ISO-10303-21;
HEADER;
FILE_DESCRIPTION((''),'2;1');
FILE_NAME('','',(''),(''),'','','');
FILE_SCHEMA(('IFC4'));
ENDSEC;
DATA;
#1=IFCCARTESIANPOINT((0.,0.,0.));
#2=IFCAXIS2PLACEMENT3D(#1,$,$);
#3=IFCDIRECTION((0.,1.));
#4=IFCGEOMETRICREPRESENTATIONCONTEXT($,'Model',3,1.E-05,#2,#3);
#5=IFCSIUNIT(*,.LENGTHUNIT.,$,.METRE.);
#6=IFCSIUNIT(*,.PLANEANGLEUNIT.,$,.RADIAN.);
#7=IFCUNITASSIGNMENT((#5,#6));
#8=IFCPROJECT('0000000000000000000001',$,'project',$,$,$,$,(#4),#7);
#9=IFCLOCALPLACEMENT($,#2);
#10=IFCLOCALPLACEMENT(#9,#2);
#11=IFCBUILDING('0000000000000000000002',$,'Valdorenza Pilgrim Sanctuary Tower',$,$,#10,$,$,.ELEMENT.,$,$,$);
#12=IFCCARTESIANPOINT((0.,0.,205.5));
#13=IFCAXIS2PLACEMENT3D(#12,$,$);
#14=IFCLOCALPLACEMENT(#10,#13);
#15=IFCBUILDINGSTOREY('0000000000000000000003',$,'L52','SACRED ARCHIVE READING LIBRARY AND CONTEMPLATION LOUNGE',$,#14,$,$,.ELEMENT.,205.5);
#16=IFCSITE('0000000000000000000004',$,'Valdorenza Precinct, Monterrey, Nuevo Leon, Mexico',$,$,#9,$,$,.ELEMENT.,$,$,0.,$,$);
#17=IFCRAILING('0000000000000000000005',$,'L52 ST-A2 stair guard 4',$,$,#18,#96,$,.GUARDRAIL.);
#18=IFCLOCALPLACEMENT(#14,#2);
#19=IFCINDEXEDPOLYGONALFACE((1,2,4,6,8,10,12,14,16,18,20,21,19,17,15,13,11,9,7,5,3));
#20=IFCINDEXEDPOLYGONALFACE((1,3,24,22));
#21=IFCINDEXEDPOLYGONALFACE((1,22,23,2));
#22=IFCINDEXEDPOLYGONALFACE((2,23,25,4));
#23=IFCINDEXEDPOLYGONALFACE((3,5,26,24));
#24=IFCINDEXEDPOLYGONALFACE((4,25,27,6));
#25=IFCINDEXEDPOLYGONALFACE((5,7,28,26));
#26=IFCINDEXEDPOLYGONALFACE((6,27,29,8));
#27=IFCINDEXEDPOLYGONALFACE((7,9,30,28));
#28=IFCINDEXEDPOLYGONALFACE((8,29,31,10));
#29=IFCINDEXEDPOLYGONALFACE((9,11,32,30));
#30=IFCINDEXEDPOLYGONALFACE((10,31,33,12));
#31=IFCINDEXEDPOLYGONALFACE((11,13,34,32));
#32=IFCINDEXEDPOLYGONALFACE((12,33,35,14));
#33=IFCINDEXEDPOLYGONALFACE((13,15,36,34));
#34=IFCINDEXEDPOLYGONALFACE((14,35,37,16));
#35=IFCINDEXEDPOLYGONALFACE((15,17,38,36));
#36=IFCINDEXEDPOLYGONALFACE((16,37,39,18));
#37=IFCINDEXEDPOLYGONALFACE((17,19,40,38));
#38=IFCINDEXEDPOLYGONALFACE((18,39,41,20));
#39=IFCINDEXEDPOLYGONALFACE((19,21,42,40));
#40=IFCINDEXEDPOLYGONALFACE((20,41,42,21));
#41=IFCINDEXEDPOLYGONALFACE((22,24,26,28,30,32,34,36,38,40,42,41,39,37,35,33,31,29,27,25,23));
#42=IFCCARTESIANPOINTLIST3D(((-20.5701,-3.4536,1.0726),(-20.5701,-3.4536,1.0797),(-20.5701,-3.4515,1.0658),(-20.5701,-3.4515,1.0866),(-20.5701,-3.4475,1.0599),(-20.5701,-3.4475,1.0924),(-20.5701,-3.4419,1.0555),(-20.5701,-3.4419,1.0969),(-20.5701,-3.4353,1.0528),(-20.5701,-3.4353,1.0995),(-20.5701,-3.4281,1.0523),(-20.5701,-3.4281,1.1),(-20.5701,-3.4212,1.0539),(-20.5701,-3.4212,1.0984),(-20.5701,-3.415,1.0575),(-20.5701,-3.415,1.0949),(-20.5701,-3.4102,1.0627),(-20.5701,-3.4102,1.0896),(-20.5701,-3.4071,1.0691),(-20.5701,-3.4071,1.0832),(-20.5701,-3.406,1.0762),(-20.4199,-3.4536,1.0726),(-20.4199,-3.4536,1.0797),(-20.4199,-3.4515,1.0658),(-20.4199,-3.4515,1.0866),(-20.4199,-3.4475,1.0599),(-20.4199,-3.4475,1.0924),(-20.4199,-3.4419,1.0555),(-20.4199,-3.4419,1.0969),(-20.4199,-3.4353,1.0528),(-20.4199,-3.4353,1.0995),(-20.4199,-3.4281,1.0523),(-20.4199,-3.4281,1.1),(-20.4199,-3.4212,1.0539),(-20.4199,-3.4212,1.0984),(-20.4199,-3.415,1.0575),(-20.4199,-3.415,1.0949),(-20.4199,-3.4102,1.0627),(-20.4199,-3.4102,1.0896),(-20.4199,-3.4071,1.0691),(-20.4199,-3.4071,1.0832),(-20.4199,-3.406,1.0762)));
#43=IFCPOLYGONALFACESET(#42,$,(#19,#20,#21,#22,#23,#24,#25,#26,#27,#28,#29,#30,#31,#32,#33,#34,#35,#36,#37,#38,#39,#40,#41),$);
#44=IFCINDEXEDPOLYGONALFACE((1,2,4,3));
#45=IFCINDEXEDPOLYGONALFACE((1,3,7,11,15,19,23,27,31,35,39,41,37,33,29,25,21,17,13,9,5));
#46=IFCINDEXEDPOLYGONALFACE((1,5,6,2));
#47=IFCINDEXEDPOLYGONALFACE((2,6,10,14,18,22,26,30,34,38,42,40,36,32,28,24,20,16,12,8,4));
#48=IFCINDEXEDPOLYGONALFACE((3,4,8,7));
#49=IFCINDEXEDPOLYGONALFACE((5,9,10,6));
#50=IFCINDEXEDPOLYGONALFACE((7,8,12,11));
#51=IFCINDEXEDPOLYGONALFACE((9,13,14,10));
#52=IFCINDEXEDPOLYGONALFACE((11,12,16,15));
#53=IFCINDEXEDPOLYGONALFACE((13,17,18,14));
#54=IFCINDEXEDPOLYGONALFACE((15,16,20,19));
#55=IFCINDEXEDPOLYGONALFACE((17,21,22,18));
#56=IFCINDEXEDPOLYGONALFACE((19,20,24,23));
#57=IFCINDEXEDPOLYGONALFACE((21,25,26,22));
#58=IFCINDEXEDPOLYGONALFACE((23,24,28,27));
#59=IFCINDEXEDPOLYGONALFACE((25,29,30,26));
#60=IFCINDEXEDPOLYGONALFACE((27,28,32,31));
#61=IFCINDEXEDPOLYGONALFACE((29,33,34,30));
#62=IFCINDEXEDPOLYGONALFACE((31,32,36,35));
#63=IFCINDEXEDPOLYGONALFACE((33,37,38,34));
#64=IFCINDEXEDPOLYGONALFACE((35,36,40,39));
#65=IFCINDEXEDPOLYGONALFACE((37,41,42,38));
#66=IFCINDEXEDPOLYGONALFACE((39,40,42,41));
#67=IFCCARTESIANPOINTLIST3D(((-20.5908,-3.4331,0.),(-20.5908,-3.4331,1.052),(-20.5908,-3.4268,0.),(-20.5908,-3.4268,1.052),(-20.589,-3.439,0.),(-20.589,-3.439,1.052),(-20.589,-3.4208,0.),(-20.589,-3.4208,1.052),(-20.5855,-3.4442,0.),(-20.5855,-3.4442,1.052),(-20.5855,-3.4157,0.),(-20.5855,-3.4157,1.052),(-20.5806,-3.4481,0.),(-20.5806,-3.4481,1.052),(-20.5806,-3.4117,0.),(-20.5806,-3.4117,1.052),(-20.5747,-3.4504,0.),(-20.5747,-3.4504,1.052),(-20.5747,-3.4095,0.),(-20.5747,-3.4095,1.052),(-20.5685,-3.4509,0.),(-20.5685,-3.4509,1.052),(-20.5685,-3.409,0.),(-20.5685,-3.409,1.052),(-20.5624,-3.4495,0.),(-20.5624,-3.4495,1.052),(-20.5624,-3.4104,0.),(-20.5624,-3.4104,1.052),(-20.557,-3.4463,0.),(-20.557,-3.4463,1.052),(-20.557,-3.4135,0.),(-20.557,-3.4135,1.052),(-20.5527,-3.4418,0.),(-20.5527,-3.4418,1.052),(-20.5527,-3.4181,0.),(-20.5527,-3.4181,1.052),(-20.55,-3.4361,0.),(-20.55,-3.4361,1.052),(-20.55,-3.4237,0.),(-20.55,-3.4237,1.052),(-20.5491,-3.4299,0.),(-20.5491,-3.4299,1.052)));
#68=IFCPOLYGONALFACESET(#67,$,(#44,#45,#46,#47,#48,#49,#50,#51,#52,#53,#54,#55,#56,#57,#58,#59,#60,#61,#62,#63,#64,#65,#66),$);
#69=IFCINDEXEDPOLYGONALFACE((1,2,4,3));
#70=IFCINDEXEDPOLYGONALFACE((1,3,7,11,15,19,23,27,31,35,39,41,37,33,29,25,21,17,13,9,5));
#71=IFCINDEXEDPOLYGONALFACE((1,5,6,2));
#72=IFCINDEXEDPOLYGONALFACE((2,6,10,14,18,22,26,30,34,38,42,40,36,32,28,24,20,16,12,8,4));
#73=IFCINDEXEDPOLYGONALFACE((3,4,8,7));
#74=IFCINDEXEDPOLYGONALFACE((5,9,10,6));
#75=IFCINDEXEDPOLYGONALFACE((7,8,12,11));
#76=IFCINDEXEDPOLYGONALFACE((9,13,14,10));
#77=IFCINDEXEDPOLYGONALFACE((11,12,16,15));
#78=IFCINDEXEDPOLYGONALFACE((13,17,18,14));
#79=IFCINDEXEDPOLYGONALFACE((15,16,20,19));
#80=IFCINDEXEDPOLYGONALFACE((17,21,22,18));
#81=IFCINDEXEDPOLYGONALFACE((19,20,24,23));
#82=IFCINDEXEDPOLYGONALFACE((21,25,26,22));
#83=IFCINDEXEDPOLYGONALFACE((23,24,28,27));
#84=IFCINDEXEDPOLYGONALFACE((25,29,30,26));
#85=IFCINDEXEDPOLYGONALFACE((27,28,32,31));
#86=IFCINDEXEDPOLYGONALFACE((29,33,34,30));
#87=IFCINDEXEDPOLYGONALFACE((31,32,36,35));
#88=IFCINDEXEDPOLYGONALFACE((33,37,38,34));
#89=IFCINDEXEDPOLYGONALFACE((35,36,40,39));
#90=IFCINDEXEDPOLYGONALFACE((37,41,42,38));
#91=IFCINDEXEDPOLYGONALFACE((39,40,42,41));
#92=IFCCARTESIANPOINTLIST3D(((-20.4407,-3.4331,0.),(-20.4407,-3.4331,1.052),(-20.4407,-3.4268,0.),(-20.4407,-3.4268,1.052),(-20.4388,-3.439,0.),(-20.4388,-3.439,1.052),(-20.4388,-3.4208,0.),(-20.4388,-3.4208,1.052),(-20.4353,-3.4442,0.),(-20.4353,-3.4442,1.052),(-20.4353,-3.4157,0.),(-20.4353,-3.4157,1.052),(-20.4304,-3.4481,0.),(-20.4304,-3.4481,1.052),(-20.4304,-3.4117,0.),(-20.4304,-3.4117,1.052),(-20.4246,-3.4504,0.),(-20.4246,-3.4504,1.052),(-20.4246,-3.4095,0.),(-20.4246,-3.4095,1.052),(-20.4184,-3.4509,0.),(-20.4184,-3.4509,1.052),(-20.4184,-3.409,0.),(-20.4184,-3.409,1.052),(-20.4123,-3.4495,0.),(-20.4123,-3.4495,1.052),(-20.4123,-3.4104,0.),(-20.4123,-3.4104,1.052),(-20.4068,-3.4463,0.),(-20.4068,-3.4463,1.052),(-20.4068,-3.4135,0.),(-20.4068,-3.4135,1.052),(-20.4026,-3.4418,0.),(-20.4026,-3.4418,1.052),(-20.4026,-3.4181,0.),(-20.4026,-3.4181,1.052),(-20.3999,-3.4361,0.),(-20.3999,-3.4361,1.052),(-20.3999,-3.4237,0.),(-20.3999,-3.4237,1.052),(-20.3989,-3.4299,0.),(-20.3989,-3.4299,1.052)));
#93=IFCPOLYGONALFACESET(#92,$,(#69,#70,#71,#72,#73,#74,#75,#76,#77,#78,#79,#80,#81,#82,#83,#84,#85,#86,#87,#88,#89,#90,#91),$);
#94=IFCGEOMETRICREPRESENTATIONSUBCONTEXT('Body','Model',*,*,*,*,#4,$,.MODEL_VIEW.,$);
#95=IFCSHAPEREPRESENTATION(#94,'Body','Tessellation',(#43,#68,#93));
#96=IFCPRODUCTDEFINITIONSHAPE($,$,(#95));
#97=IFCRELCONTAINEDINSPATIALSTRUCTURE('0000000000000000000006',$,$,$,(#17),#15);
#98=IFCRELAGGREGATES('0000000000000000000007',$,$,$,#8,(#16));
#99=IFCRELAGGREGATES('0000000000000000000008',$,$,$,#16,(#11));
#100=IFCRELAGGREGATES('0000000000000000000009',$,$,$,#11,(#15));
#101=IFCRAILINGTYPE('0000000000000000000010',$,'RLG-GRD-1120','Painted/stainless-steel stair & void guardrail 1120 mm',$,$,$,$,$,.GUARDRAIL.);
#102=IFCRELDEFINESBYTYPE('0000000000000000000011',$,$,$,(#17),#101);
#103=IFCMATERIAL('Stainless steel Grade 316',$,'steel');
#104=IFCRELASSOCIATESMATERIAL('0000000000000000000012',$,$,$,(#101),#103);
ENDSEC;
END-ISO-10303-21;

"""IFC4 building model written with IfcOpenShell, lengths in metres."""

from ifc_helpers import new_model, si_unit, direction, frame, origin, origin_2d, place, context, subcontext, project, spatial, circle, extrude, material, type_object, element, save


model = new_model("IFC4")

# Units and contexts
model_context = context("Model", 3, precision=1e-05, world=origin(), true_north=direction((0.0, 1.0)))
body_context = subcontext(model_context, "Body", "Model", "MODEL_VIEW")
ifc_project = project(units=[si_unit("LENGTHUNIT", "METRE"), si_unit("PLANEANGLEUNIT", "RADIAN")], contexts=[model_context])

# Site, building, storey
site_placement = place(None, origin())
site = spatial("IfcSite", under=ifc_project, at=site_placement, Name="Valdorenza Precinct, Monterrey, Nuevo Leon, Mexico", CompositionType="ELEMENT", RefElevation=0.0)
building_placement = place(site_placement, origin())
building = spatial("IfcBuilding", under=site, at=building_placement, Name="Valdorenza Pilgrim Sanctuary Tower", CompositionType="ELEMENT")
storey_placement = place(building_placement, frame((0.0, 0.0, 205.5)))
storey = spatial("IfcBuildingStorey", under=building, at=storey_placement, Name="L52", Description="SACRED ARCHIVE READING LIBRARY AND CONTEMPLATION LOUNGE", CompositionType="ELEMENT", Elevation=205.5)

# Railing
ifc_material_1 = material(Name="Stainless steel Grade 316", Category="steel")
railing_type_1 = type_object("IfcRailingType", Name="RLG-GRD-1120", Description="Painted/stainless-steel stair & void guardrail 1120 mm", PredefinedType="GUARDRAIL", material=ifc_material_1)
railing_1_placement = place(storey_placement, frame((-20.5701, -3.4299, 0.0)))
element("IfcRailing", 1, at=railing_1_placement, inside=storey, type_object=railing_type_1, Name="L52 ST-A2 stair guard 4", PredefinedType="GUARDRAIL", context=body_context, shape_type="SweptSolid", body=[
    extrude(circle(Radius=0.0239, at=origin_2d()), frame((0.0, 0.0, 1.0762), z_axis=(1.0, 0.0, 0.0), x_axis=(0.0, 1.0, 0.0)), (0.0, 0.0, 1.0), 0.1501),
    extrude(circle(Radius=0.021, at=origin_2d()), origin(), (0.0, 0.0, 1.0), 1.052),
    extrude(circle(Radius=0.021, at=origin_2d()), frame((0.1501, 0.0, 0.0)), (0.0, 0.0, 1.0), 1.052),
])

save(model, "model.ifc")
